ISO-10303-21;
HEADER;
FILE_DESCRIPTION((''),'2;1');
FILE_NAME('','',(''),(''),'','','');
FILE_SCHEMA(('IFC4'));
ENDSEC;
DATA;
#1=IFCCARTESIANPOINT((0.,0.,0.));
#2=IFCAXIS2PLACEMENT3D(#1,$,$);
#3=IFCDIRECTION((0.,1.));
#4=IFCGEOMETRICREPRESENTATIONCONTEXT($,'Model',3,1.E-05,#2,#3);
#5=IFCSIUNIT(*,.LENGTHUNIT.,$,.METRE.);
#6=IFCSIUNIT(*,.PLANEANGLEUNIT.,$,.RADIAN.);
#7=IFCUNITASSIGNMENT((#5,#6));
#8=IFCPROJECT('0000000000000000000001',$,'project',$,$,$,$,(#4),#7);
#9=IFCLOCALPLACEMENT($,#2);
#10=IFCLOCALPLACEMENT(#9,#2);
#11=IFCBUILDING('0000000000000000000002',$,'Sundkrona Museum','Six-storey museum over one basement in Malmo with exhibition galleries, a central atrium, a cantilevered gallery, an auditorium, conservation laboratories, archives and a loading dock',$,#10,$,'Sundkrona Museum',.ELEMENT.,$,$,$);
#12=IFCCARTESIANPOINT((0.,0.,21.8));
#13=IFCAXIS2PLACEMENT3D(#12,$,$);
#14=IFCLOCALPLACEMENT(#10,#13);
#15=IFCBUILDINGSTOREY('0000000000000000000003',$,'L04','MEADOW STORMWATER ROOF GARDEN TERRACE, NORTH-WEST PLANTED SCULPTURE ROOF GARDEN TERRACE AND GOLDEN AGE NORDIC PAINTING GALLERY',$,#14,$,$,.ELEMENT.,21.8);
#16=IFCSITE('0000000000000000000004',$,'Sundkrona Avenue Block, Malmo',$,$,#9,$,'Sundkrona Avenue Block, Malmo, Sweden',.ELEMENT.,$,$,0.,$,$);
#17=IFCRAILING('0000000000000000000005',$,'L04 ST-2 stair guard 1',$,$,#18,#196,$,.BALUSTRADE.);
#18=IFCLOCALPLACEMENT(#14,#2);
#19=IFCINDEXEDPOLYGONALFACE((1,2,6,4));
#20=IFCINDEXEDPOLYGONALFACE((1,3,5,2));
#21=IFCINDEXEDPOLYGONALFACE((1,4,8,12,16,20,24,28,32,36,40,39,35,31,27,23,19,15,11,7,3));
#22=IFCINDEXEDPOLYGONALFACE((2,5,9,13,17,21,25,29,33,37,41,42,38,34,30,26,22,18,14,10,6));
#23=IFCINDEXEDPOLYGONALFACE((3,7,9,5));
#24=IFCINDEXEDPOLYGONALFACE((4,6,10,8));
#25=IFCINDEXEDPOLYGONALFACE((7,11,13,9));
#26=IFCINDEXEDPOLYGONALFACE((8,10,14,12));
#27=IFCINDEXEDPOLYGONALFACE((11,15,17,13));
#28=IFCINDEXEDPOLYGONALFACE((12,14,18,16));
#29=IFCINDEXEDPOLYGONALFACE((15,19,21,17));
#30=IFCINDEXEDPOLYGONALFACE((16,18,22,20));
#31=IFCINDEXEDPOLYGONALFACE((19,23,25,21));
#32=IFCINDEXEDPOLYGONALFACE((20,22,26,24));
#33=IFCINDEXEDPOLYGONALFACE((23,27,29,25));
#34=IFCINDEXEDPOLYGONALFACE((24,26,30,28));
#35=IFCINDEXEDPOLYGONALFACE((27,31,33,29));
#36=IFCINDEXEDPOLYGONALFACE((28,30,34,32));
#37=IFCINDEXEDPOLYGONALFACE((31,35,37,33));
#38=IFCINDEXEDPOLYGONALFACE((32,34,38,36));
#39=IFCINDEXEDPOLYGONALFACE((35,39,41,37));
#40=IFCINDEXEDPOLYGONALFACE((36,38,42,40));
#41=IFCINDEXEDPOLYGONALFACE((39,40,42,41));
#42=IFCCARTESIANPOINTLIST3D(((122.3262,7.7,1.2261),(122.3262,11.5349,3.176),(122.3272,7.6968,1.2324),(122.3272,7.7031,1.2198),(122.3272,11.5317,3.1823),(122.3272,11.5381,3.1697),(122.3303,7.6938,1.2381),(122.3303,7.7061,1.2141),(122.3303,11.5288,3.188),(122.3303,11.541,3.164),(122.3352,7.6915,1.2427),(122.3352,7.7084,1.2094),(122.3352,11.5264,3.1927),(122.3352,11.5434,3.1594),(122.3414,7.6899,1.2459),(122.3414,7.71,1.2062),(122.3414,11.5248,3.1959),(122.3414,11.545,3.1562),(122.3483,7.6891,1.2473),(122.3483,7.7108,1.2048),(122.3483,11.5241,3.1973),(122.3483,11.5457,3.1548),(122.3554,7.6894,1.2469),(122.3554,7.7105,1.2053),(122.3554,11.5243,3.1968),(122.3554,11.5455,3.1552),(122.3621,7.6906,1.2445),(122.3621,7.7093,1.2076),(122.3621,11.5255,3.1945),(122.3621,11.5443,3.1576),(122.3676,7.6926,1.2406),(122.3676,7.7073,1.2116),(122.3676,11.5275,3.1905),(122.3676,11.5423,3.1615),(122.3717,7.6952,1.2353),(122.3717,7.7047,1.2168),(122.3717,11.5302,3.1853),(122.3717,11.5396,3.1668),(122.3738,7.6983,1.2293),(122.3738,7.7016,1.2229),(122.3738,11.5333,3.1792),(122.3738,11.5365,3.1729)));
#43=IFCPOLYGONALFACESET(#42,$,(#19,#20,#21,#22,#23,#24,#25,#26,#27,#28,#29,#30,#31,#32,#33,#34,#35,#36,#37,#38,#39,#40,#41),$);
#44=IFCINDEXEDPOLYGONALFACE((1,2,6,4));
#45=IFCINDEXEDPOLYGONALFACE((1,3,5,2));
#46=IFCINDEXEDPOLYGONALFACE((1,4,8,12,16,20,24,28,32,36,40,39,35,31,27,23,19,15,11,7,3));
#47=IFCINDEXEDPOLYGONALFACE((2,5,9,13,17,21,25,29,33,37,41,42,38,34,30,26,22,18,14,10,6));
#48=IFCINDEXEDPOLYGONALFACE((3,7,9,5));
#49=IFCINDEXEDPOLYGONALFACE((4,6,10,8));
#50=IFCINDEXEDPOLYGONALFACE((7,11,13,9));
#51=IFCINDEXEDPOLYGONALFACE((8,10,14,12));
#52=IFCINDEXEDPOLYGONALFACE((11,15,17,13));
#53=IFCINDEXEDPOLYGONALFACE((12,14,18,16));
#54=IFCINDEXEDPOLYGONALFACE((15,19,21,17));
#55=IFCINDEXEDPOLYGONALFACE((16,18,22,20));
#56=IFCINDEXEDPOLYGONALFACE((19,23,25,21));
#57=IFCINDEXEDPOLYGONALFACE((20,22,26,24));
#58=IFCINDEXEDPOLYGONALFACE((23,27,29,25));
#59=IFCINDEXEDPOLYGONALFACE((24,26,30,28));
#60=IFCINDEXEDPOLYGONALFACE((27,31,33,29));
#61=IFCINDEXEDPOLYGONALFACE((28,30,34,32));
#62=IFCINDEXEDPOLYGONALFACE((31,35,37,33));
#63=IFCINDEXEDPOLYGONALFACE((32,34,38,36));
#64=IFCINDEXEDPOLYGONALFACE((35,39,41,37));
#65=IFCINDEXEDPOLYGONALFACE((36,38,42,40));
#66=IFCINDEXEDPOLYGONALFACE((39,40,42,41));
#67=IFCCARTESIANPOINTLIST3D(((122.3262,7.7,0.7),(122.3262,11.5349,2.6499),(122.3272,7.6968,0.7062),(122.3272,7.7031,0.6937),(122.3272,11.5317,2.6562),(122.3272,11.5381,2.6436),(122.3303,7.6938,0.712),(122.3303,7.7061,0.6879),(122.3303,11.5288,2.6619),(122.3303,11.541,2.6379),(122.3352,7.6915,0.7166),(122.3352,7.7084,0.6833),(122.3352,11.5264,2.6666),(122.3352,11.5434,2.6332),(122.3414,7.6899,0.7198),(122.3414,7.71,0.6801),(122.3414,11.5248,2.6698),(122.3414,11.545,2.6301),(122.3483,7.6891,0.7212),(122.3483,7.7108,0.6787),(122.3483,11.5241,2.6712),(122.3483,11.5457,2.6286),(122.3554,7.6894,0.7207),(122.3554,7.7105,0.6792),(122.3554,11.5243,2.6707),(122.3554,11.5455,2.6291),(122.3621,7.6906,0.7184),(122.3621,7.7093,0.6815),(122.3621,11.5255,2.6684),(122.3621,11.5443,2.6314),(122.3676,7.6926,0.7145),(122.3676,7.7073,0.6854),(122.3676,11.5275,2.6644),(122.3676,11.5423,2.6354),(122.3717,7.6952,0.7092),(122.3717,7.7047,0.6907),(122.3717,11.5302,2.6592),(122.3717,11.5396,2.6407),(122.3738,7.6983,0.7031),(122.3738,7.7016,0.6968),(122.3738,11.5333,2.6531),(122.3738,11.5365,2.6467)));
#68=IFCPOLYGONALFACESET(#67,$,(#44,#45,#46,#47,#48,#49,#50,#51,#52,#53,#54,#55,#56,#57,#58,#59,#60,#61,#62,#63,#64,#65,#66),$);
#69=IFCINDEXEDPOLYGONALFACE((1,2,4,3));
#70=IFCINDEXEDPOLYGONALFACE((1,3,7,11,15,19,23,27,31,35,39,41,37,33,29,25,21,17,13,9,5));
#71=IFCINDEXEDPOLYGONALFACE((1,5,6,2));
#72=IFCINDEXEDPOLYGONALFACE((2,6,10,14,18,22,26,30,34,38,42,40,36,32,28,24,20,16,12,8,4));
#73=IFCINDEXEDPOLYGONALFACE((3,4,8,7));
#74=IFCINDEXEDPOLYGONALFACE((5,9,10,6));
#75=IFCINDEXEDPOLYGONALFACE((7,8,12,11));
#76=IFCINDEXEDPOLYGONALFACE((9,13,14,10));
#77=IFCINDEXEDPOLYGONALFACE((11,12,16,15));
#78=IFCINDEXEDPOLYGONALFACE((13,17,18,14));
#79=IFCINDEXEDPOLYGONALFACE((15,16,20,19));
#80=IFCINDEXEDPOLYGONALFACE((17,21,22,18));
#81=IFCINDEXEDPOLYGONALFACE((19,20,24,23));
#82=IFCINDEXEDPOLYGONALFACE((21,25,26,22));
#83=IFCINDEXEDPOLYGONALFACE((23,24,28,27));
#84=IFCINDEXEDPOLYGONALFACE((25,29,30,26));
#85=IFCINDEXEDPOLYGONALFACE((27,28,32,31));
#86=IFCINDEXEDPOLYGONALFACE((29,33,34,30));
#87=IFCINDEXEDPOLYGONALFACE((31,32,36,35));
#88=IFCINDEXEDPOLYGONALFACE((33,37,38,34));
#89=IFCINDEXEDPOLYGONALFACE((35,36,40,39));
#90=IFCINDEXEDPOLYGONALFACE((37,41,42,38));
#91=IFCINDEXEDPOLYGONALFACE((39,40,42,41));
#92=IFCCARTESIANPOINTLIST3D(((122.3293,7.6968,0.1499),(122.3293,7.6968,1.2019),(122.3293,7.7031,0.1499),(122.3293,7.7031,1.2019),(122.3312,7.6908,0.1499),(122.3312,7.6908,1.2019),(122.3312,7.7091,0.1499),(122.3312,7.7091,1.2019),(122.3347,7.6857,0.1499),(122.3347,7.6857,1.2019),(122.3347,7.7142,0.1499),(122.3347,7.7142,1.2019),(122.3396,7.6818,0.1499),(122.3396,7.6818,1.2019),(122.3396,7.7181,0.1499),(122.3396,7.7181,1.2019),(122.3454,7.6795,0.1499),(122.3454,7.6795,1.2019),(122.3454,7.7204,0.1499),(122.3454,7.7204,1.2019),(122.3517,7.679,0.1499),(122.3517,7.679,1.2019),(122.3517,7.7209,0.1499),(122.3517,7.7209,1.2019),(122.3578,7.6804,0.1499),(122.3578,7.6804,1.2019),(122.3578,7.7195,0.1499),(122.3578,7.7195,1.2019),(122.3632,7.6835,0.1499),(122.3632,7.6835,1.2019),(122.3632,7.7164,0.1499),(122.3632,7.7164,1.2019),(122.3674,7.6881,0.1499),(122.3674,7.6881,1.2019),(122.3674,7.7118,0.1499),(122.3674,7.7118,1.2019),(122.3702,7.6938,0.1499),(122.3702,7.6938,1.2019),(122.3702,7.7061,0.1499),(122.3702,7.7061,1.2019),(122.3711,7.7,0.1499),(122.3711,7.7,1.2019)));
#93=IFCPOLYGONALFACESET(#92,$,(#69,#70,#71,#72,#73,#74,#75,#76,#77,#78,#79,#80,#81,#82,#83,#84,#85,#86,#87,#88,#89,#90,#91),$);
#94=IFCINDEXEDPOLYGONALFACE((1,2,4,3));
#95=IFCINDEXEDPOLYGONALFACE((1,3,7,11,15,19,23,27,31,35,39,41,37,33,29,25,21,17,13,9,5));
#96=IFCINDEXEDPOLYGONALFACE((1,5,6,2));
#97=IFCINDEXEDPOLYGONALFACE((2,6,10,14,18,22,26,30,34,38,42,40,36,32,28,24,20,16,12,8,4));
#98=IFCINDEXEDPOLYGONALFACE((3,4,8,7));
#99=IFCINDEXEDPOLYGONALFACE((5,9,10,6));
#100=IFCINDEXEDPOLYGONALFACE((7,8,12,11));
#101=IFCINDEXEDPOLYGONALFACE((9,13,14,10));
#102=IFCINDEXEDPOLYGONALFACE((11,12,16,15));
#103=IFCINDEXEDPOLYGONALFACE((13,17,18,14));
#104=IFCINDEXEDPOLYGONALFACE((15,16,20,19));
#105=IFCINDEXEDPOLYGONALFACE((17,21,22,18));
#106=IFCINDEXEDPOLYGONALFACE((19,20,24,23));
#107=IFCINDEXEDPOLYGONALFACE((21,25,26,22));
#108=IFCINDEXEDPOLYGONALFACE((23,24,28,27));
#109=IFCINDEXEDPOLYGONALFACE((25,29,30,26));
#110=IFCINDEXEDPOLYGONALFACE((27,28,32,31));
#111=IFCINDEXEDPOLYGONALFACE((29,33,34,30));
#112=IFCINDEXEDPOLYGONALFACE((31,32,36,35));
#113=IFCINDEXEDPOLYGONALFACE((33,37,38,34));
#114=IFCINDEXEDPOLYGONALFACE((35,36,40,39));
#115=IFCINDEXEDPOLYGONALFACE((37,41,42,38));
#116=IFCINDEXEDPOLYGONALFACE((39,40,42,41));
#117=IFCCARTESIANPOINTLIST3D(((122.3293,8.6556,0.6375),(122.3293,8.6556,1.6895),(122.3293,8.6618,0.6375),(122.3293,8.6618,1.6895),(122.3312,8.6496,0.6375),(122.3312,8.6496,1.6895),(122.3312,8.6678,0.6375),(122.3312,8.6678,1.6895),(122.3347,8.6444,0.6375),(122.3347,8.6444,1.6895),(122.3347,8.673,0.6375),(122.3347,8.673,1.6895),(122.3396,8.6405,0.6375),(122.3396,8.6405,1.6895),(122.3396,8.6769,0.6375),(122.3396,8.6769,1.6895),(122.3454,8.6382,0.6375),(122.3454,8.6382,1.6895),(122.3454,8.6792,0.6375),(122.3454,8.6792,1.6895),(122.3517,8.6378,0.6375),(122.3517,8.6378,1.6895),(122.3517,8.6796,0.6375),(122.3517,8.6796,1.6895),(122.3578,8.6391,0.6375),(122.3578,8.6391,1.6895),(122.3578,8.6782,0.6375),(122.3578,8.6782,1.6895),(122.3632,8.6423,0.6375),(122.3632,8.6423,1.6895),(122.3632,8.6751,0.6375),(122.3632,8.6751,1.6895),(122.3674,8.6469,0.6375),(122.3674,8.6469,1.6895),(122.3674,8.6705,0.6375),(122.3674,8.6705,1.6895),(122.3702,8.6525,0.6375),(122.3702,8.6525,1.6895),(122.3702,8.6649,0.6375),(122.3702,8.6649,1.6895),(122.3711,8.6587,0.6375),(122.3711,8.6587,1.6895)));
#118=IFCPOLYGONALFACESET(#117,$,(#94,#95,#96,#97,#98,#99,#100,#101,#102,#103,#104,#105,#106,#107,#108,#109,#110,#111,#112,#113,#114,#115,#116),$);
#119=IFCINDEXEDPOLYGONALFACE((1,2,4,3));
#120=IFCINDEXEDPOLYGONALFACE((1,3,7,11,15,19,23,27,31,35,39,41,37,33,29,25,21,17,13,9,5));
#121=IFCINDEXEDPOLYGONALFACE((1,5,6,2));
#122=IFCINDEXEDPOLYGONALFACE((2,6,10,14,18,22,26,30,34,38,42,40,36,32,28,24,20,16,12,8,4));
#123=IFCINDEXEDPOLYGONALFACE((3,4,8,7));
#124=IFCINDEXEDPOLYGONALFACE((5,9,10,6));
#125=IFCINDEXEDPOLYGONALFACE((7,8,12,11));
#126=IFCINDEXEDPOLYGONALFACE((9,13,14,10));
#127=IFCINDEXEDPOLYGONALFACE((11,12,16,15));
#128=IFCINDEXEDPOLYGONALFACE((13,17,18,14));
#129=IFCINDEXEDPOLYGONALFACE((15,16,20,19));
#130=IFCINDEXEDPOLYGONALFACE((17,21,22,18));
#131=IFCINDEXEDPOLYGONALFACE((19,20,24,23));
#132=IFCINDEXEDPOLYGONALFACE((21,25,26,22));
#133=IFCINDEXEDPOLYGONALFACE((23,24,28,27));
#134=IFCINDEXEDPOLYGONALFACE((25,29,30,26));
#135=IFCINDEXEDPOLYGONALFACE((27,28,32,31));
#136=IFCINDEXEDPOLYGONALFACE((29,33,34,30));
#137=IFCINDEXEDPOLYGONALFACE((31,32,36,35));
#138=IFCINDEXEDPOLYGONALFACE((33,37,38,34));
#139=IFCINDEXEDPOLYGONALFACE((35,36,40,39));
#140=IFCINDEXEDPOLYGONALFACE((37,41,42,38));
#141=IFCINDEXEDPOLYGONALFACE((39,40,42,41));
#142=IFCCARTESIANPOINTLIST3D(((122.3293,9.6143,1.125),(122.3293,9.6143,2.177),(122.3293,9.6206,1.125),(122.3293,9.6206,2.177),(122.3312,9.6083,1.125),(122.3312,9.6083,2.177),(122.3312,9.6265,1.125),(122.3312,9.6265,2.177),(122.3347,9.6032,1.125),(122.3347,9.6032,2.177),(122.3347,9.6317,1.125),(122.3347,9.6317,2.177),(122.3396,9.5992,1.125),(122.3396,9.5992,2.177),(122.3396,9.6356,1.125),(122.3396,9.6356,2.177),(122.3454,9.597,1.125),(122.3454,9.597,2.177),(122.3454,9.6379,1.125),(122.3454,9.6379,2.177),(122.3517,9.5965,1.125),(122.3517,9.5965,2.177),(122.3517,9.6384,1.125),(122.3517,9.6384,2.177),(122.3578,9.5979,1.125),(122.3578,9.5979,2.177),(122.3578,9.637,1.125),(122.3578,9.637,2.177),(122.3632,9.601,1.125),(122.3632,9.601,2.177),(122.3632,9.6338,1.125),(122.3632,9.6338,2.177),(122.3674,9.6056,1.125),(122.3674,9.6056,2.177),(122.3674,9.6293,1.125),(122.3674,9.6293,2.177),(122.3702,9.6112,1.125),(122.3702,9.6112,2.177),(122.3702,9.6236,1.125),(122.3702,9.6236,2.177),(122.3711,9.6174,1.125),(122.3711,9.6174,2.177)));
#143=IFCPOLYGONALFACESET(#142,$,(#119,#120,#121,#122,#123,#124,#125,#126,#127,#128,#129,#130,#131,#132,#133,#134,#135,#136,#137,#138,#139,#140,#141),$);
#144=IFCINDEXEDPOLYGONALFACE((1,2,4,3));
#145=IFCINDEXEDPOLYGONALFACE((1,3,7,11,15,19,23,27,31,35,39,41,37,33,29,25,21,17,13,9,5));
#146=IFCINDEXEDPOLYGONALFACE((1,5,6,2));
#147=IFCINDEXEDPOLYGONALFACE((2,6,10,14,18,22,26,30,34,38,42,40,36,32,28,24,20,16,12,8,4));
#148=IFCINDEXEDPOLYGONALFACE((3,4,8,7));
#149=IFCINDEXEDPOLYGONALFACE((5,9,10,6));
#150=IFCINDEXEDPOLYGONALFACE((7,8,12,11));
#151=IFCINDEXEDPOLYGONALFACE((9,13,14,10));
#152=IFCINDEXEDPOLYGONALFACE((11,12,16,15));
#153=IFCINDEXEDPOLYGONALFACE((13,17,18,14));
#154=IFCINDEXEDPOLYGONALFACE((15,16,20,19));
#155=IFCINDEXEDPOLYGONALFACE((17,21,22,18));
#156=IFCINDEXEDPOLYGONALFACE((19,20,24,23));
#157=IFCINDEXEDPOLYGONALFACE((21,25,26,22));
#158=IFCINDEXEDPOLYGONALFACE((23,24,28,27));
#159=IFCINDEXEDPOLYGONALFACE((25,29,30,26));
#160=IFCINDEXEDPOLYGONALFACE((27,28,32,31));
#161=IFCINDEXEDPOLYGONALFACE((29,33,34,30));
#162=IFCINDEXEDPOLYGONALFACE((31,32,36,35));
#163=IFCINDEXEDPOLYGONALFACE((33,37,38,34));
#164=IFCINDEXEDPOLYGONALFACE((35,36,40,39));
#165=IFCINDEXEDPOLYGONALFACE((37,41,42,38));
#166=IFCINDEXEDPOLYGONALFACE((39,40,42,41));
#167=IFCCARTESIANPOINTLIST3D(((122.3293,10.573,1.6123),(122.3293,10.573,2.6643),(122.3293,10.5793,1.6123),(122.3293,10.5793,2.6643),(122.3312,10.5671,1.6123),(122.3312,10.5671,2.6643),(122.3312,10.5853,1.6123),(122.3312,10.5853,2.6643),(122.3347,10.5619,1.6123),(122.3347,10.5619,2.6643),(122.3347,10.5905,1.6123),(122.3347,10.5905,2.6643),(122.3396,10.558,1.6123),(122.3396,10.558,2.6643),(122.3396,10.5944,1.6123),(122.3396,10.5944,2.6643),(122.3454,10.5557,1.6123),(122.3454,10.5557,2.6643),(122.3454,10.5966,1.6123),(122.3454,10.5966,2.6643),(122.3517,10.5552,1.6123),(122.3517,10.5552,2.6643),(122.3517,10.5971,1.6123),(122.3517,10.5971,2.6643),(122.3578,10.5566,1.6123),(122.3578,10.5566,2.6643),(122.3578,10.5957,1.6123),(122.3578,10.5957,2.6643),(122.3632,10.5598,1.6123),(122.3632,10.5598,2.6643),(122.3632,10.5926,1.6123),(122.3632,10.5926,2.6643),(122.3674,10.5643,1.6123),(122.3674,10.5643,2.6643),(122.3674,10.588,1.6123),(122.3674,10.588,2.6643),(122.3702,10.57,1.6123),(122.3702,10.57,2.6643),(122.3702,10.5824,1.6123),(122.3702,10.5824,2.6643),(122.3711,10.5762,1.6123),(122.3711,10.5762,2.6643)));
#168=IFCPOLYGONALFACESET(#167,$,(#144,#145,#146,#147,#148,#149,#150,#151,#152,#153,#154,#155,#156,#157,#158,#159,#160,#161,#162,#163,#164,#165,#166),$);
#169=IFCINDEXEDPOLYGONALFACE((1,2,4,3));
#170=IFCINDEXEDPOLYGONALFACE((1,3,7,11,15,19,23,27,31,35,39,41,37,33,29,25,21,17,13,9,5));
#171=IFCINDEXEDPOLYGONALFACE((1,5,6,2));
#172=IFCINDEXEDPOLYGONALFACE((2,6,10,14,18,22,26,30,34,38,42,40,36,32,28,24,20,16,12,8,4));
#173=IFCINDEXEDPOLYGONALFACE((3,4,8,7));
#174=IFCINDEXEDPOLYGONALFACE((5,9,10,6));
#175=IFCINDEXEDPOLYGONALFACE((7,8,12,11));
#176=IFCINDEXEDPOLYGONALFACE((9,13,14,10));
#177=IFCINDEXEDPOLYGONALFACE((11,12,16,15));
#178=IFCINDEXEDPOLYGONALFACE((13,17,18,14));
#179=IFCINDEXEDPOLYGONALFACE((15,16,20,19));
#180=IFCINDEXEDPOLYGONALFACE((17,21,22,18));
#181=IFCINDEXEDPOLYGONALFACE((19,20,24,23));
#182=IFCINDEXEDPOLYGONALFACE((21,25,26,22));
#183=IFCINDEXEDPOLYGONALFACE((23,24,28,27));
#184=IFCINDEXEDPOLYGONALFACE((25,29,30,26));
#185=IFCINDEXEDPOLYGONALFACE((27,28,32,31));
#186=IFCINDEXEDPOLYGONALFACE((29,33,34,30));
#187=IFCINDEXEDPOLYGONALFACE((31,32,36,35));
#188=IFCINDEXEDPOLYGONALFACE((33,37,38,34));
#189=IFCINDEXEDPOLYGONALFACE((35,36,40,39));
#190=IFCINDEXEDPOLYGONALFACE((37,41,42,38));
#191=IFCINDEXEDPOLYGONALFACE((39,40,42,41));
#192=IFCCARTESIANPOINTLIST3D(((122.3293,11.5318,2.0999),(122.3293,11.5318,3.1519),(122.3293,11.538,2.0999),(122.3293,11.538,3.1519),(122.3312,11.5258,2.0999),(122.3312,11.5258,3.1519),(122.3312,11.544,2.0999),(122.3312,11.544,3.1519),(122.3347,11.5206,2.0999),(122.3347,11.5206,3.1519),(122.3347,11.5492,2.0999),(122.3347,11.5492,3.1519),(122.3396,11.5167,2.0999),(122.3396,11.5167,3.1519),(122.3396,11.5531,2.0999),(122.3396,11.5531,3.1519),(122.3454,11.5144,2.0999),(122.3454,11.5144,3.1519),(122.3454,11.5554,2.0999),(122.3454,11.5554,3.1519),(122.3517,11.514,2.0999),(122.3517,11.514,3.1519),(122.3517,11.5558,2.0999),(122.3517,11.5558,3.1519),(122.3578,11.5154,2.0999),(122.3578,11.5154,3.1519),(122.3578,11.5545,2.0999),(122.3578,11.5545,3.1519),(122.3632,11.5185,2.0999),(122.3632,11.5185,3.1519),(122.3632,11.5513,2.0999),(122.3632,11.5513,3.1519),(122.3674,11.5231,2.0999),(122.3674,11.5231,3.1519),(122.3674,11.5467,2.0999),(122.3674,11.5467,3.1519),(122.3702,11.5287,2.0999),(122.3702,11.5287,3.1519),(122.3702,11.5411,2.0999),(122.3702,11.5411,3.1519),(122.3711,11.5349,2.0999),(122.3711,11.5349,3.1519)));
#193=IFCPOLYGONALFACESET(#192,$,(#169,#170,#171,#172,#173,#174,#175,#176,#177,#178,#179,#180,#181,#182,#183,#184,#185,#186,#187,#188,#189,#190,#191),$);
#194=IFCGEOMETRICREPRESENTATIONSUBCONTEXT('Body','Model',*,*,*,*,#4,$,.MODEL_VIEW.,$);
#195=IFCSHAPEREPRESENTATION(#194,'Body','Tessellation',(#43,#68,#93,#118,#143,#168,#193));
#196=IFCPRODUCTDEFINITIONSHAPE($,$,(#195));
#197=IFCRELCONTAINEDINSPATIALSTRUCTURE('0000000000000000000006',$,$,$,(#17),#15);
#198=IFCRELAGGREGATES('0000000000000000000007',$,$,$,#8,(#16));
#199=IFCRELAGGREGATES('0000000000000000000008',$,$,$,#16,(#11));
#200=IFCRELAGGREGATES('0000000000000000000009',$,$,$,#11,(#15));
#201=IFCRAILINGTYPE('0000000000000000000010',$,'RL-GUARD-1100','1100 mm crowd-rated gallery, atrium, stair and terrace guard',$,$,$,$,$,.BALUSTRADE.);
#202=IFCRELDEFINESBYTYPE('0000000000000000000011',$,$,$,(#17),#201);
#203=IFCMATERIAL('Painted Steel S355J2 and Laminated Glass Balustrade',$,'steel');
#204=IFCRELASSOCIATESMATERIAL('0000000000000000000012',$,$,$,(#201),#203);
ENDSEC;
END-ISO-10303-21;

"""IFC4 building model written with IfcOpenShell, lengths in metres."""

from ifc_helpers import new_model, si_unit, direction, frame, origin, origin_2d, place, context, subcontext, project, spatial, circle, extrude, material, type_object, element, save


model = new_model("IFC4")

# Units and contexts
model_context = context("Model", 3, precision=1e-05, world=origin(), true_north=direction((0.0, 1.0)))
body_context = subcontext(model_context, "Body", "Model", "MODEL_VIEW")
ifc_project = project(units=[si_unit("LENGTHUNIT", "METRE"), si_unit("PLANEANGLEUNIT", "RADIAN")], contexts=[model_context])

# Site, building, storey
site_placement = place(None, origin())
site = spatial("IfcSite", under=ifc_project, at=site_placement, Name="Sundkrona Avenue Block, Malmo", LongName="Sundkrona Avenue Block, Malmo, Sweden", CompositionType="ELEMENT", RefElevation=0.0)
building_placement = place(site_placement, origin())
building = spatial("IfcBuilding", under=site, at=building_placement, Name="Sundkrona Museum", Description="Six-storey museum over one basement in Malmo with exhibition galleries, a central atrium, a cantilevered gallery, an auditorium, conservation laboratories, archives and a loading dock", LongName="Sundkrona Museum", CompositionType="ELEMENT")
storey_placement = place(building_placement, frame((0.0, 0.0, 21.8)))
storey = spatial("IfcBuildingStorey", under=building, at=storey_placement, Name="L04", Description="MEADOW STORMWATER ROOF GARDEN TERRACE, NORTH-WEST PLANTED SCULPTURE ROOF GARDEN TERRACE AND GOLDEN AGE NORDIC PAINTING GALLERY", CompositionType="ELEMENT", Elevation=21.8)

# Railing
ifc_material_1 = material(Name="Painted Steel S355J2 and Laminated Glass Balustrade", Category="steel")
railing_type_1 = type_object("IfcRailingType", Name="RL-GUARD-1100", Description="1100 mm crowd-rated gallery, atrium, stair and terrace guard", PredefinedType="BALUSTRADE", material=ifc_material_1)
railing_1_placement = place(storey_placement, frame((122.3501, 7.7, 0.1499)))
element("IfcRailing", 1, at=railing_1_placement, inside=storey, type_object=railing_type_1, Name="L04 ST-2 stair guard 1", PredefinedType="BALUSTRADE", context=body_context, shape_type="SweptSolid", body=[
    extrude(circle(Radius=0.0239, at=origin_2d()), frame((0.0, 0.0, 1.0762), z_axis=(0.0, 0.891388, 0.453241), x_axis=(-1.0, 0.0, 0.0)), (0.0, 0.0, 1.0), 4.3022),
    extrude(circle(Radius=0.0239, at=origin_2d()), frame((0.0, 0.0, 0.55), z_axis=(0.0, 0.891388, 0.453241), x_axis=(-1.0, 0.0, 0.0)), (0.0, 0.0, 1.0), 4.3022),
    extrude(circle(Radius=0.021, at=origin_2d()), origin(), (0.0, 0.0, 1.0), 1.052),
    extrude(circle(Radius=0.021, at=origin_2d()), frame((0.0, 0.9587, 0.4875)), (0.0, 0.0, 1.0), 1.052),
    extrude(circle(Radius=0.021, at=origin_2d()), frame((0.0, 1.9175, 0.9751)), (0.0, 0.0, 1.0), 1.052),
    extrude(circle(Radius=0.021, at=origin_2d()), frame((0.0, 2.8762, 1.4624)), (0.0, 0.0, 1.0), 1.052),
    extrude(circle(Radius=0.021, at=origin_2d()), frame((0.0, 3.835, 1.95)), (0.0, 0.0, 1.0), 1.052),
])

save(model, "model.ifc")
